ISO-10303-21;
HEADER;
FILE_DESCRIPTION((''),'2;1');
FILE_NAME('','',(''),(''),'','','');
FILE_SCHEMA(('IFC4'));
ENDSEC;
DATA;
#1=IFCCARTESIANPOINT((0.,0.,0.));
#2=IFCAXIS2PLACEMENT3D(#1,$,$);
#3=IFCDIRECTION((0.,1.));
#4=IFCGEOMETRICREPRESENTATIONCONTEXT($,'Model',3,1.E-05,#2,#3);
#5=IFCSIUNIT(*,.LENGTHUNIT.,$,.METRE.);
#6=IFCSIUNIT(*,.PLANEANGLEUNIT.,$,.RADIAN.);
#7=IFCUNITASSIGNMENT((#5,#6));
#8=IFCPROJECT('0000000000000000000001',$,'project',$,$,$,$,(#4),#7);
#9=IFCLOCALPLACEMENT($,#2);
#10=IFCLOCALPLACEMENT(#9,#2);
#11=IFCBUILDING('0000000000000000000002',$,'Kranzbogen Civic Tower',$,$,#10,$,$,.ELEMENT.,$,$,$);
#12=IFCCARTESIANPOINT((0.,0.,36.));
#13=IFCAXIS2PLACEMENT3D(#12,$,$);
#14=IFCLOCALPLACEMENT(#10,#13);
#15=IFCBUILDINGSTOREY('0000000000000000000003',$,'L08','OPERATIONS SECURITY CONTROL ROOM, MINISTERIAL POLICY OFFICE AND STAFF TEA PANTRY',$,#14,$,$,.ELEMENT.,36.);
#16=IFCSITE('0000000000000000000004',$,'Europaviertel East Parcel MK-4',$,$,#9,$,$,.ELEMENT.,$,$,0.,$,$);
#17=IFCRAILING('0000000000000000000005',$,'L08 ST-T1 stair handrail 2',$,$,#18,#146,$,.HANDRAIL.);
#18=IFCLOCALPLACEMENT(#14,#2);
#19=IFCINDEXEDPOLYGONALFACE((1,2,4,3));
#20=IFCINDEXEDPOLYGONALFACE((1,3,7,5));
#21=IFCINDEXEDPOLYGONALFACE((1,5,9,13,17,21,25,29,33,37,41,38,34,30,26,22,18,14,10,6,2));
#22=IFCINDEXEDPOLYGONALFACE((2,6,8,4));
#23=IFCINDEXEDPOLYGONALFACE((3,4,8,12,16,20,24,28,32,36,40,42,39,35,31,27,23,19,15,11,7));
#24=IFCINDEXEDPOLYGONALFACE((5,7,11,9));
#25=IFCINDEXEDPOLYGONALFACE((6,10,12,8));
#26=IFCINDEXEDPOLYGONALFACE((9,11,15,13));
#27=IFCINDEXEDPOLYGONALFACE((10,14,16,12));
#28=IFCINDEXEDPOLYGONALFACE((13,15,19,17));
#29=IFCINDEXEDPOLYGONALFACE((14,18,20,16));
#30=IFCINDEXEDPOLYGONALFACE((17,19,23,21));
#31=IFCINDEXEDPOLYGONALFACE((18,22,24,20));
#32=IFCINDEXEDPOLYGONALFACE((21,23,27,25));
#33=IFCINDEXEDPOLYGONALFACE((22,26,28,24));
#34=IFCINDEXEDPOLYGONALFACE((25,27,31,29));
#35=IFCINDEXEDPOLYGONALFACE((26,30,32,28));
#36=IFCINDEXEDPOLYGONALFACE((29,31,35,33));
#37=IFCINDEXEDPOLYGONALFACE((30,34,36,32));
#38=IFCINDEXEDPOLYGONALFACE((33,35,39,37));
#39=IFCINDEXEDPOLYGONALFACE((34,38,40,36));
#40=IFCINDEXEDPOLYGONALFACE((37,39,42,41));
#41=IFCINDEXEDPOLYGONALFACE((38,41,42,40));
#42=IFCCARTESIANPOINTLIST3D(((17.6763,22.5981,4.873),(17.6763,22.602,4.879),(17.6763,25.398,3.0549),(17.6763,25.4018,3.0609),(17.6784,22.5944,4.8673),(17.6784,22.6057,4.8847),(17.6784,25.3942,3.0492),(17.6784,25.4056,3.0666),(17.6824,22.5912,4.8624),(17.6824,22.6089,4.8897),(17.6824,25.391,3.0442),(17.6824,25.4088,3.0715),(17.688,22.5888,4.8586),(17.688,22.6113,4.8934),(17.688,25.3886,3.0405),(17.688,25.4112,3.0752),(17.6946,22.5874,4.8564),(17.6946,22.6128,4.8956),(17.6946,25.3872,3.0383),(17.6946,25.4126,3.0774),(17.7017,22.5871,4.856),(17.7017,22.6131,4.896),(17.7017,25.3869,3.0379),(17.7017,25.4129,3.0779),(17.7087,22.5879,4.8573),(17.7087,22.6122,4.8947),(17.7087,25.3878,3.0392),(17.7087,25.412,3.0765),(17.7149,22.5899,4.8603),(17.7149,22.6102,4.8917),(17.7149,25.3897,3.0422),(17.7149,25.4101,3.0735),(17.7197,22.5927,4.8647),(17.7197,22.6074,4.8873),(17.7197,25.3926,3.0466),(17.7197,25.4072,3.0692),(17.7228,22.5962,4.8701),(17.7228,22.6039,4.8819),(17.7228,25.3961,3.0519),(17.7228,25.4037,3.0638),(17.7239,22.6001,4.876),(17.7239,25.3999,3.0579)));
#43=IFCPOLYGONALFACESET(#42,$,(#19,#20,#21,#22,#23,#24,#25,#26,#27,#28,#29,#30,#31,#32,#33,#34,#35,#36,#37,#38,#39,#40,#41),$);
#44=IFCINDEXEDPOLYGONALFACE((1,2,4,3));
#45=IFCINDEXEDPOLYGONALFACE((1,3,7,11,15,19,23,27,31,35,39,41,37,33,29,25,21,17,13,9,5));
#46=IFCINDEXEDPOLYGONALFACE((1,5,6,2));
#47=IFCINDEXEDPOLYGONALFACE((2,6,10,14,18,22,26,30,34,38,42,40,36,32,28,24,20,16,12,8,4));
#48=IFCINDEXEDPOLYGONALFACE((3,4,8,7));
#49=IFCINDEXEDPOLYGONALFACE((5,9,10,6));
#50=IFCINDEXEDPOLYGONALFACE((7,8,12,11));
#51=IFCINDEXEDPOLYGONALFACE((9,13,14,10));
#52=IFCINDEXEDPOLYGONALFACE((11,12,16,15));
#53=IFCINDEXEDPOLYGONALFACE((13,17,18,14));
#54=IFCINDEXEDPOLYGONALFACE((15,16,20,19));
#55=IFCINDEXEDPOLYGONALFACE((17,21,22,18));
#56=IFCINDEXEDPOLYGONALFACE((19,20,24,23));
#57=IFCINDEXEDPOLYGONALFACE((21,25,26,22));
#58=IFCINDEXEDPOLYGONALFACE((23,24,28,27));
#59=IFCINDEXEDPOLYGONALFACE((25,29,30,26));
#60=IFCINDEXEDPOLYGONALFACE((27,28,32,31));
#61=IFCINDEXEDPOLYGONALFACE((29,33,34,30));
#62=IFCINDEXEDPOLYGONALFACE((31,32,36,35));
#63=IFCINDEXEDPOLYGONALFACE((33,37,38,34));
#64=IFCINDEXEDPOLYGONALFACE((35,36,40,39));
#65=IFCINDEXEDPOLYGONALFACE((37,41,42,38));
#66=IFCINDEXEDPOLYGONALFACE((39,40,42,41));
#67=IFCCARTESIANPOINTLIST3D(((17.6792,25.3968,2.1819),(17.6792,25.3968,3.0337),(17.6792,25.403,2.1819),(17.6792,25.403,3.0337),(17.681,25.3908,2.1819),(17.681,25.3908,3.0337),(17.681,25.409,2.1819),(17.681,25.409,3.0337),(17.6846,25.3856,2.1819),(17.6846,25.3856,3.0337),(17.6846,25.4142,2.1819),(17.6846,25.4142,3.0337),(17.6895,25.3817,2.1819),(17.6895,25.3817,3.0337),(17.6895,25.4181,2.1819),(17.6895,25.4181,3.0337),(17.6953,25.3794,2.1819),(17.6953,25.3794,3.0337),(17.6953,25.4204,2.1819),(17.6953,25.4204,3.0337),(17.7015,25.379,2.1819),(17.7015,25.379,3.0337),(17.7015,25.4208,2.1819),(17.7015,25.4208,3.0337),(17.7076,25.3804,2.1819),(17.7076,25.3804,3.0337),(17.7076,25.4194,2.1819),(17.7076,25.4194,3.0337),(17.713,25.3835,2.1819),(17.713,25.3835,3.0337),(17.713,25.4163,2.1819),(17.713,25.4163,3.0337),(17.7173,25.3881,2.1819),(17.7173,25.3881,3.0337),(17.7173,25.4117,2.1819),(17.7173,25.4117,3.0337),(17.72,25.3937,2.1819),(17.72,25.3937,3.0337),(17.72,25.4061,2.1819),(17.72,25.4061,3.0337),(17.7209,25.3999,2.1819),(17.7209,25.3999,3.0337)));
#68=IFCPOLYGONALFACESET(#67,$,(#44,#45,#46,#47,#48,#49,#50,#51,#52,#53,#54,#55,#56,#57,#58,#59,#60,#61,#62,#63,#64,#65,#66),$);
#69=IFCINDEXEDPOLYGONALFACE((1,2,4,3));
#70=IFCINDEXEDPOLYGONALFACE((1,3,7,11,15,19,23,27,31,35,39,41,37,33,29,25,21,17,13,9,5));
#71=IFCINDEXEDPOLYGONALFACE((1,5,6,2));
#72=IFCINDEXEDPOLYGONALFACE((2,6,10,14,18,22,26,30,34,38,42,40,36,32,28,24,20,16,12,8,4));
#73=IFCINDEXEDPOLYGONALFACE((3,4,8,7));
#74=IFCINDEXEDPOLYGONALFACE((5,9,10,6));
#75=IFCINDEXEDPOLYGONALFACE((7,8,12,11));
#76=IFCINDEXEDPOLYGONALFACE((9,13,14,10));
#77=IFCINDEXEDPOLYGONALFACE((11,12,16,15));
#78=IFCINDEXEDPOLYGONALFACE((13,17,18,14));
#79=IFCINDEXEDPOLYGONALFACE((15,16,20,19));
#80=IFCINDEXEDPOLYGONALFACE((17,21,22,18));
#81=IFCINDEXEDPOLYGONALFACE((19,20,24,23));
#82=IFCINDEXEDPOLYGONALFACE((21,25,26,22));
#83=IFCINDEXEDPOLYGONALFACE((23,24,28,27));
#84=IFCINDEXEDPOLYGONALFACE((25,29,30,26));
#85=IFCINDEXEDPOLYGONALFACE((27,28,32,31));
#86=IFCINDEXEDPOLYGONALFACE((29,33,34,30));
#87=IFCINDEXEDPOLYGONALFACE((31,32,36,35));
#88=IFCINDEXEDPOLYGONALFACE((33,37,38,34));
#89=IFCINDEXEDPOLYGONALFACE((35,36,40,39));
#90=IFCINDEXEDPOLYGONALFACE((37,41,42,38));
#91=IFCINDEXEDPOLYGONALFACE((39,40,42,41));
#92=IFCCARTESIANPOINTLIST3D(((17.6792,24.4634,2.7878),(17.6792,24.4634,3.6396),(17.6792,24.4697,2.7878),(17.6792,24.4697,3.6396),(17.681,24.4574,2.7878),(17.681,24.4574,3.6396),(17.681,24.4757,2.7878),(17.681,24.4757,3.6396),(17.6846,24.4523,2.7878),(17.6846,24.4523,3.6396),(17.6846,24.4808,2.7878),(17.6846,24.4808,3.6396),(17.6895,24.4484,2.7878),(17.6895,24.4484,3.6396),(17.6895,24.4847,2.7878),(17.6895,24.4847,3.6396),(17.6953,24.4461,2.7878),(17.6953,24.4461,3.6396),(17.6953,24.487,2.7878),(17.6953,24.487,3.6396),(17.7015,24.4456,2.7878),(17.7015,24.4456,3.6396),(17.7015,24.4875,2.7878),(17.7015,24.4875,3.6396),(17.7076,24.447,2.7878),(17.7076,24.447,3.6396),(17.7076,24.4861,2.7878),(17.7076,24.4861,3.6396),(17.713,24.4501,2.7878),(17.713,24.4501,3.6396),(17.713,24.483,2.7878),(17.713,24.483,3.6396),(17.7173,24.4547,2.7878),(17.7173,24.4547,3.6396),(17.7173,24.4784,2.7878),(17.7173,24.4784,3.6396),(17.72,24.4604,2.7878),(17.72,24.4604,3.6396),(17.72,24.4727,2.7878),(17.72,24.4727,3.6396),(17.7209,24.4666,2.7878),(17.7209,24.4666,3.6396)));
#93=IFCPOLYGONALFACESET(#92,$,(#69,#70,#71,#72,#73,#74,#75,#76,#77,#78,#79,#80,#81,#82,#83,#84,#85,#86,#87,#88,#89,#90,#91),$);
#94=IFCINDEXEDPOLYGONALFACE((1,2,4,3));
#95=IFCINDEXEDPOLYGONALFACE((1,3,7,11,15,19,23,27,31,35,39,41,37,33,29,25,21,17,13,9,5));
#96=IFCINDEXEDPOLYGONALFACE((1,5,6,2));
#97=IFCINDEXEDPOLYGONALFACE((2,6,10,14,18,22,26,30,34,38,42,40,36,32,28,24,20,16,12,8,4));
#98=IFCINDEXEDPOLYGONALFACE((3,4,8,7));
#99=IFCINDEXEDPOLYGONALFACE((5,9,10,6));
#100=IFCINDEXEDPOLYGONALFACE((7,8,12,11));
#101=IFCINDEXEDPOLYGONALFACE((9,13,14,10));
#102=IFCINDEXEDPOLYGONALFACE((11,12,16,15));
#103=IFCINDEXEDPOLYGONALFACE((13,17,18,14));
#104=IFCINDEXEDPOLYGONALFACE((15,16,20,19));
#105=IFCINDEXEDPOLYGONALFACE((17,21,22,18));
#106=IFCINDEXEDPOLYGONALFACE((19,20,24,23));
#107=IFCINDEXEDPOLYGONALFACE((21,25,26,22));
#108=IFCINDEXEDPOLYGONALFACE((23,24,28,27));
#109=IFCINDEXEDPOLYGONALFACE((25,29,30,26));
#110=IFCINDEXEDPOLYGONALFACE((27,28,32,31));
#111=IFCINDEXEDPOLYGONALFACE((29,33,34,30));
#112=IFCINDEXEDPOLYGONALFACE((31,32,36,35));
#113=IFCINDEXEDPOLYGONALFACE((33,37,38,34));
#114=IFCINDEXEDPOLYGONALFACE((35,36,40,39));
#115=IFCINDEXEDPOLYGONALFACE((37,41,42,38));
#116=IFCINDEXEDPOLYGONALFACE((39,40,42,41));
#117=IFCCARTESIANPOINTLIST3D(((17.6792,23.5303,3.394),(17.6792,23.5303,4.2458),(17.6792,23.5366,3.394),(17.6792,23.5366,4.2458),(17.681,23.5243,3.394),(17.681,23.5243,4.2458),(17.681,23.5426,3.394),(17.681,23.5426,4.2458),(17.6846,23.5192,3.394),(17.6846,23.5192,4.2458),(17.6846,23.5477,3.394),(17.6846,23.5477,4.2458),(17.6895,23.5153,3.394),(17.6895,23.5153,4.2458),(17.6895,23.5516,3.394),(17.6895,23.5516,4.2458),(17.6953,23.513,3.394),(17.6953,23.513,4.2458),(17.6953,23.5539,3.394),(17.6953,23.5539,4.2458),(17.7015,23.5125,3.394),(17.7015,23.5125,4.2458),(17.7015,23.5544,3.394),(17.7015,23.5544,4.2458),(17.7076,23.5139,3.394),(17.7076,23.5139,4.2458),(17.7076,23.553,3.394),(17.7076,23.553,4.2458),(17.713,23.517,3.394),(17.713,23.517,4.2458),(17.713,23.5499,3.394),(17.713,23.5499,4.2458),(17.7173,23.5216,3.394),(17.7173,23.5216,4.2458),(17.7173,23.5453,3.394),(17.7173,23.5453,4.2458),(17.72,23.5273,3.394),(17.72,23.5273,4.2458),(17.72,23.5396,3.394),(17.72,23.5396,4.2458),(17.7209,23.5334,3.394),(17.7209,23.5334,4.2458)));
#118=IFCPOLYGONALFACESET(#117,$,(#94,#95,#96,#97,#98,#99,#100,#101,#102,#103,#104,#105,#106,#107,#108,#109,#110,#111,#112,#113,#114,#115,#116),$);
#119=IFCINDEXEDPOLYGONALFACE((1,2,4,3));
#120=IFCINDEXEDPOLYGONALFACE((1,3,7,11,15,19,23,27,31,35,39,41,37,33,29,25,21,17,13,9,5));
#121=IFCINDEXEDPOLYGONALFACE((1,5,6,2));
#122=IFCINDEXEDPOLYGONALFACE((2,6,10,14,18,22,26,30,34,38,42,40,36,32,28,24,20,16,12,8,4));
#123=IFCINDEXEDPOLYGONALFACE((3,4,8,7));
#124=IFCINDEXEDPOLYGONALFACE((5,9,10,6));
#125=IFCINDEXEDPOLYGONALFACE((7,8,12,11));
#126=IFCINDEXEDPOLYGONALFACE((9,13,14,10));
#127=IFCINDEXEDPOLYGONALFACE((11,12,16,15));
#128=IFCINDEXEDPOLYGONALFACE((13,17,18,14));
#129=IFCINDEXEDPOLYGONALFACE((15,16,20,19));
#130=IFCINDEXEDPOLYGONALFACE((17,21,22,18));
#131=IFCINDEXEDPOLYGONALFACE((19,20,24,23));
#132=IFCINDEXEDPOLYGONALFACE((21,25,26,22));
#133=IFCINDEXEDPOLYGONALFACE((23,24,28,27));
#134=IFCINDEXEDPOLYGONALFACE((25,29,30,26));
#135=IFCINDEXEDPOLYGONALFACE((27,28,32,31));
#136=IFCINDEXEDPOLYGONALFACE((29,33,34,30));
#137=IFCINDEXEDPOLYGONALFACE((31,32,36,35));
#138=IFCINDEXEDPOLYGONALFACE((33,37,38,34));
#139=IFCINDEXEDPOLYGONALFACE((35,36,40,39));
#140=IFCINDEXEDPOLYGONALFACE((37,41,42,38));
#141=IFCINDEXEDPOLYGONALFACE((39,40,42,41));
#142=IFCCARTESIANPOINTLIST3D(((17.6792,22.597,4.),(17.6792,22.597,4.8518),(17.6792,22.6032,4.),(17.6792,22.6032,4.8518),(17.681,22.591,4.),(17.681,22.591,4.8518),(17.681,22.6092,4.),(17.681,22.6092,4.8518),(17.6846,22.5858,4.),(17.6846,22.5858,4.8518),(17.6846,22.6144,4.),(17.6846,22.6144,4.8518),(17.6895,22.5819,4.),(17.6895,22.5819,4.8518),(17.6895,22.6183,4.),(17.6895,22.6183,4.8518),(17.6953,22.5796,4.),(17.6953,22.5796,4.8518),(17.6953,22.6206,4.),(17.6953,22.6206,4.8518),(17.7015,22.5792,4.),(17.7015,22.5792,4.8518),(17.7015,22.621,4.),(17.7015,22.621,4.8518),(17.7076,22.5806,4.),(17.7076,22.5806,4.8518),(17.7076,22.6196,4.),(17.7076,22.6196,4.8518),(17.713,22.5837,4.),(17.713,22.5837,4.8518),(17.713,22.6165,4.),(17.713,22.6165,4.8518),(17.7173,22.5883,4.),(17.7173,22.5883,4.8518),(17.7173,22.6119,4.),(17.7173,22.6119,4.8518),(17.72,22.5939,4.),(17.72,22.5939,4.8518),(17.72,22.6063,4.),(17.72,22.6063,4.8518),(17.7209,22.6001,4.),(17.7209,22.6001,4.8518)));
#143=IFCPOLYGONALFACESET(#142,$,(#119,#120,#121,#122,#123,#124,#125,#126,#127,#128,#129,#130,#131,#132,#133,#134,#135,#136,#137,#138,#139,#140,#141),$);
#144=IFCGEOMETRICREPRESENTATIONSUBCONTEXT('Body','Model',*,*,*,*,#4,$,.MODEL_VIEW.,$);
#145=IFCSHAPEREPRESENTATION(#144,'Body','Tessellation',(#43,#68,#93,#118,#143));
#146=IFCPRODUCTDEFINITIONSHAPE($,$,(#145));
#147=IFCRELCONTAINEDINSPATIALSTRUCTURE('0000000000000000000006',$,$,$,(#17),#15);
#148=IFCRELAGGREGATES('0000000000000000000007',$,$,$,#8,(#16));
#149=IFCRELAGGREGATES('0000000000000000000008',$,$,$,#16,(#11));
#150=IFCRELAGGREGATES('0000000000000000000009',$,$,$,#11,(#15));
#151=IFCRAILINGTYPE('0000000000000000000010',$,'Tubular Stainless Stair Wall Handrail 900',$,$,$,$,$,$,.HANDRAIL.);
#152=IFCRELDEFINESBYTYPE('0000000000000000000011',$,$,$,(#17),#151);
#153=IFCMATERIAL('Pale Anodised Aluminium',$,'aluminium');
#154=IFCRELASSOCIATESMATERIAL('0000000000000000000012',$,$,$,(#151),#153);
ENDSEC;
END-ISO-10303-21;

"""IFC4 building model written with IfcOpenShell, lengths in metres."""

from ifc_helpers import new_model, si_unit, direction, frame, origin, origin_2d, place, context, subcontext, project, spatial, circle, extrude, material, type_object, element, save


model = new_model("IFC4")

# Units and contexts
model_context = context("Model", 3, precision=1e-05, world=origin(), true_north=direction((0.0, 1.0)))
body_context = subcontext(model_context, "Body", "Model", "MODEL_VIEW")
ifc_project = project(units=[si_unit("LENGTHUNIT", "METRE"), si_unit("PLANEANGLEUNIT", "RADIAN")], contexts=[model_context])

# Site, building, storey
site_placement = place(None, origin())
site = spatial("IfcSite", under=ifc_project, at=site_placement, Name="Europaviertel East Parcel MK-4", CompositionType="ELEMENT", RefElevation=0.0)
building_placement = place(site_placement, origin())
building = spatial("IfcBuilding", under=site, at=building_placement, Name="Kranzbogen Civic Tower", CompositionType="ELEMENT")
storey_placement = place(building_placement, frame((0.0, 0.0, 36.0)))
storey = spatial("IfcBuildingStorey", under=building, at=storey_placement, Name="L08", Description="OPERATIONS SECURITY CONTROL ROOM, MINISTERIAL POLICY OFFICE AND STAFF TEA PANTRY", CompositionType="ELEMENT", Elevation=36.0)

# Railing
ifc_material_1 = material(Name="Pale Anodised Aluminium", Category="aluminium")
railing_type_1 = type_object("IfcRailingType", Name="Tubular Stainless Stair Wall Handrail 900", PredefinedType="HANDRAIL", material=ifc_material_1)
railing_1_placement = place(storey_placement, frame((17.7, 25.3999, 2.1819)))
element("IfcRailing", 1, at=railing_1_placement, inside=storey, type_object=railing_type_1, Name="L08 ST-T1 stair handrail 2", PredefinedType="HANDRAIL", context=body_context, shape_type="SweptSolid", body=[
    extrude(circle(Radius=0.0239, at=origin_2d()), frame((0.0, 0.0, 0.876), z_axis=(0.0, -0.838684, 0.544618), x_axis=(1.0, 0.0, 0.0)), (0.0, 0.0, 1.0), 3.3384),
    extrude(circle(Radius=0.021, at=origin_2d()), origin(), (0.0, 0.0, 1.0), 0.8518),
    extrude(circle(Radius=0.021, at=origin_2d()), frame((0.0, -0.9333, 0.606)), (0.0, 0.0, 1.0), 0.8518),
    extrude(circle(Radius=0.021, at=origin_2d()), frame((0.0, -1.8665, 1.2122)), (0.0, 0.0, 1.0), 0.8518),
    extrude(circle(Radius=0.021, at=origin_2d()), frame((0.0, -2.7998, 1.8181)), (0.0, 0.0, 1.0), 0.8518),
])

save(model, "model.ifc")
